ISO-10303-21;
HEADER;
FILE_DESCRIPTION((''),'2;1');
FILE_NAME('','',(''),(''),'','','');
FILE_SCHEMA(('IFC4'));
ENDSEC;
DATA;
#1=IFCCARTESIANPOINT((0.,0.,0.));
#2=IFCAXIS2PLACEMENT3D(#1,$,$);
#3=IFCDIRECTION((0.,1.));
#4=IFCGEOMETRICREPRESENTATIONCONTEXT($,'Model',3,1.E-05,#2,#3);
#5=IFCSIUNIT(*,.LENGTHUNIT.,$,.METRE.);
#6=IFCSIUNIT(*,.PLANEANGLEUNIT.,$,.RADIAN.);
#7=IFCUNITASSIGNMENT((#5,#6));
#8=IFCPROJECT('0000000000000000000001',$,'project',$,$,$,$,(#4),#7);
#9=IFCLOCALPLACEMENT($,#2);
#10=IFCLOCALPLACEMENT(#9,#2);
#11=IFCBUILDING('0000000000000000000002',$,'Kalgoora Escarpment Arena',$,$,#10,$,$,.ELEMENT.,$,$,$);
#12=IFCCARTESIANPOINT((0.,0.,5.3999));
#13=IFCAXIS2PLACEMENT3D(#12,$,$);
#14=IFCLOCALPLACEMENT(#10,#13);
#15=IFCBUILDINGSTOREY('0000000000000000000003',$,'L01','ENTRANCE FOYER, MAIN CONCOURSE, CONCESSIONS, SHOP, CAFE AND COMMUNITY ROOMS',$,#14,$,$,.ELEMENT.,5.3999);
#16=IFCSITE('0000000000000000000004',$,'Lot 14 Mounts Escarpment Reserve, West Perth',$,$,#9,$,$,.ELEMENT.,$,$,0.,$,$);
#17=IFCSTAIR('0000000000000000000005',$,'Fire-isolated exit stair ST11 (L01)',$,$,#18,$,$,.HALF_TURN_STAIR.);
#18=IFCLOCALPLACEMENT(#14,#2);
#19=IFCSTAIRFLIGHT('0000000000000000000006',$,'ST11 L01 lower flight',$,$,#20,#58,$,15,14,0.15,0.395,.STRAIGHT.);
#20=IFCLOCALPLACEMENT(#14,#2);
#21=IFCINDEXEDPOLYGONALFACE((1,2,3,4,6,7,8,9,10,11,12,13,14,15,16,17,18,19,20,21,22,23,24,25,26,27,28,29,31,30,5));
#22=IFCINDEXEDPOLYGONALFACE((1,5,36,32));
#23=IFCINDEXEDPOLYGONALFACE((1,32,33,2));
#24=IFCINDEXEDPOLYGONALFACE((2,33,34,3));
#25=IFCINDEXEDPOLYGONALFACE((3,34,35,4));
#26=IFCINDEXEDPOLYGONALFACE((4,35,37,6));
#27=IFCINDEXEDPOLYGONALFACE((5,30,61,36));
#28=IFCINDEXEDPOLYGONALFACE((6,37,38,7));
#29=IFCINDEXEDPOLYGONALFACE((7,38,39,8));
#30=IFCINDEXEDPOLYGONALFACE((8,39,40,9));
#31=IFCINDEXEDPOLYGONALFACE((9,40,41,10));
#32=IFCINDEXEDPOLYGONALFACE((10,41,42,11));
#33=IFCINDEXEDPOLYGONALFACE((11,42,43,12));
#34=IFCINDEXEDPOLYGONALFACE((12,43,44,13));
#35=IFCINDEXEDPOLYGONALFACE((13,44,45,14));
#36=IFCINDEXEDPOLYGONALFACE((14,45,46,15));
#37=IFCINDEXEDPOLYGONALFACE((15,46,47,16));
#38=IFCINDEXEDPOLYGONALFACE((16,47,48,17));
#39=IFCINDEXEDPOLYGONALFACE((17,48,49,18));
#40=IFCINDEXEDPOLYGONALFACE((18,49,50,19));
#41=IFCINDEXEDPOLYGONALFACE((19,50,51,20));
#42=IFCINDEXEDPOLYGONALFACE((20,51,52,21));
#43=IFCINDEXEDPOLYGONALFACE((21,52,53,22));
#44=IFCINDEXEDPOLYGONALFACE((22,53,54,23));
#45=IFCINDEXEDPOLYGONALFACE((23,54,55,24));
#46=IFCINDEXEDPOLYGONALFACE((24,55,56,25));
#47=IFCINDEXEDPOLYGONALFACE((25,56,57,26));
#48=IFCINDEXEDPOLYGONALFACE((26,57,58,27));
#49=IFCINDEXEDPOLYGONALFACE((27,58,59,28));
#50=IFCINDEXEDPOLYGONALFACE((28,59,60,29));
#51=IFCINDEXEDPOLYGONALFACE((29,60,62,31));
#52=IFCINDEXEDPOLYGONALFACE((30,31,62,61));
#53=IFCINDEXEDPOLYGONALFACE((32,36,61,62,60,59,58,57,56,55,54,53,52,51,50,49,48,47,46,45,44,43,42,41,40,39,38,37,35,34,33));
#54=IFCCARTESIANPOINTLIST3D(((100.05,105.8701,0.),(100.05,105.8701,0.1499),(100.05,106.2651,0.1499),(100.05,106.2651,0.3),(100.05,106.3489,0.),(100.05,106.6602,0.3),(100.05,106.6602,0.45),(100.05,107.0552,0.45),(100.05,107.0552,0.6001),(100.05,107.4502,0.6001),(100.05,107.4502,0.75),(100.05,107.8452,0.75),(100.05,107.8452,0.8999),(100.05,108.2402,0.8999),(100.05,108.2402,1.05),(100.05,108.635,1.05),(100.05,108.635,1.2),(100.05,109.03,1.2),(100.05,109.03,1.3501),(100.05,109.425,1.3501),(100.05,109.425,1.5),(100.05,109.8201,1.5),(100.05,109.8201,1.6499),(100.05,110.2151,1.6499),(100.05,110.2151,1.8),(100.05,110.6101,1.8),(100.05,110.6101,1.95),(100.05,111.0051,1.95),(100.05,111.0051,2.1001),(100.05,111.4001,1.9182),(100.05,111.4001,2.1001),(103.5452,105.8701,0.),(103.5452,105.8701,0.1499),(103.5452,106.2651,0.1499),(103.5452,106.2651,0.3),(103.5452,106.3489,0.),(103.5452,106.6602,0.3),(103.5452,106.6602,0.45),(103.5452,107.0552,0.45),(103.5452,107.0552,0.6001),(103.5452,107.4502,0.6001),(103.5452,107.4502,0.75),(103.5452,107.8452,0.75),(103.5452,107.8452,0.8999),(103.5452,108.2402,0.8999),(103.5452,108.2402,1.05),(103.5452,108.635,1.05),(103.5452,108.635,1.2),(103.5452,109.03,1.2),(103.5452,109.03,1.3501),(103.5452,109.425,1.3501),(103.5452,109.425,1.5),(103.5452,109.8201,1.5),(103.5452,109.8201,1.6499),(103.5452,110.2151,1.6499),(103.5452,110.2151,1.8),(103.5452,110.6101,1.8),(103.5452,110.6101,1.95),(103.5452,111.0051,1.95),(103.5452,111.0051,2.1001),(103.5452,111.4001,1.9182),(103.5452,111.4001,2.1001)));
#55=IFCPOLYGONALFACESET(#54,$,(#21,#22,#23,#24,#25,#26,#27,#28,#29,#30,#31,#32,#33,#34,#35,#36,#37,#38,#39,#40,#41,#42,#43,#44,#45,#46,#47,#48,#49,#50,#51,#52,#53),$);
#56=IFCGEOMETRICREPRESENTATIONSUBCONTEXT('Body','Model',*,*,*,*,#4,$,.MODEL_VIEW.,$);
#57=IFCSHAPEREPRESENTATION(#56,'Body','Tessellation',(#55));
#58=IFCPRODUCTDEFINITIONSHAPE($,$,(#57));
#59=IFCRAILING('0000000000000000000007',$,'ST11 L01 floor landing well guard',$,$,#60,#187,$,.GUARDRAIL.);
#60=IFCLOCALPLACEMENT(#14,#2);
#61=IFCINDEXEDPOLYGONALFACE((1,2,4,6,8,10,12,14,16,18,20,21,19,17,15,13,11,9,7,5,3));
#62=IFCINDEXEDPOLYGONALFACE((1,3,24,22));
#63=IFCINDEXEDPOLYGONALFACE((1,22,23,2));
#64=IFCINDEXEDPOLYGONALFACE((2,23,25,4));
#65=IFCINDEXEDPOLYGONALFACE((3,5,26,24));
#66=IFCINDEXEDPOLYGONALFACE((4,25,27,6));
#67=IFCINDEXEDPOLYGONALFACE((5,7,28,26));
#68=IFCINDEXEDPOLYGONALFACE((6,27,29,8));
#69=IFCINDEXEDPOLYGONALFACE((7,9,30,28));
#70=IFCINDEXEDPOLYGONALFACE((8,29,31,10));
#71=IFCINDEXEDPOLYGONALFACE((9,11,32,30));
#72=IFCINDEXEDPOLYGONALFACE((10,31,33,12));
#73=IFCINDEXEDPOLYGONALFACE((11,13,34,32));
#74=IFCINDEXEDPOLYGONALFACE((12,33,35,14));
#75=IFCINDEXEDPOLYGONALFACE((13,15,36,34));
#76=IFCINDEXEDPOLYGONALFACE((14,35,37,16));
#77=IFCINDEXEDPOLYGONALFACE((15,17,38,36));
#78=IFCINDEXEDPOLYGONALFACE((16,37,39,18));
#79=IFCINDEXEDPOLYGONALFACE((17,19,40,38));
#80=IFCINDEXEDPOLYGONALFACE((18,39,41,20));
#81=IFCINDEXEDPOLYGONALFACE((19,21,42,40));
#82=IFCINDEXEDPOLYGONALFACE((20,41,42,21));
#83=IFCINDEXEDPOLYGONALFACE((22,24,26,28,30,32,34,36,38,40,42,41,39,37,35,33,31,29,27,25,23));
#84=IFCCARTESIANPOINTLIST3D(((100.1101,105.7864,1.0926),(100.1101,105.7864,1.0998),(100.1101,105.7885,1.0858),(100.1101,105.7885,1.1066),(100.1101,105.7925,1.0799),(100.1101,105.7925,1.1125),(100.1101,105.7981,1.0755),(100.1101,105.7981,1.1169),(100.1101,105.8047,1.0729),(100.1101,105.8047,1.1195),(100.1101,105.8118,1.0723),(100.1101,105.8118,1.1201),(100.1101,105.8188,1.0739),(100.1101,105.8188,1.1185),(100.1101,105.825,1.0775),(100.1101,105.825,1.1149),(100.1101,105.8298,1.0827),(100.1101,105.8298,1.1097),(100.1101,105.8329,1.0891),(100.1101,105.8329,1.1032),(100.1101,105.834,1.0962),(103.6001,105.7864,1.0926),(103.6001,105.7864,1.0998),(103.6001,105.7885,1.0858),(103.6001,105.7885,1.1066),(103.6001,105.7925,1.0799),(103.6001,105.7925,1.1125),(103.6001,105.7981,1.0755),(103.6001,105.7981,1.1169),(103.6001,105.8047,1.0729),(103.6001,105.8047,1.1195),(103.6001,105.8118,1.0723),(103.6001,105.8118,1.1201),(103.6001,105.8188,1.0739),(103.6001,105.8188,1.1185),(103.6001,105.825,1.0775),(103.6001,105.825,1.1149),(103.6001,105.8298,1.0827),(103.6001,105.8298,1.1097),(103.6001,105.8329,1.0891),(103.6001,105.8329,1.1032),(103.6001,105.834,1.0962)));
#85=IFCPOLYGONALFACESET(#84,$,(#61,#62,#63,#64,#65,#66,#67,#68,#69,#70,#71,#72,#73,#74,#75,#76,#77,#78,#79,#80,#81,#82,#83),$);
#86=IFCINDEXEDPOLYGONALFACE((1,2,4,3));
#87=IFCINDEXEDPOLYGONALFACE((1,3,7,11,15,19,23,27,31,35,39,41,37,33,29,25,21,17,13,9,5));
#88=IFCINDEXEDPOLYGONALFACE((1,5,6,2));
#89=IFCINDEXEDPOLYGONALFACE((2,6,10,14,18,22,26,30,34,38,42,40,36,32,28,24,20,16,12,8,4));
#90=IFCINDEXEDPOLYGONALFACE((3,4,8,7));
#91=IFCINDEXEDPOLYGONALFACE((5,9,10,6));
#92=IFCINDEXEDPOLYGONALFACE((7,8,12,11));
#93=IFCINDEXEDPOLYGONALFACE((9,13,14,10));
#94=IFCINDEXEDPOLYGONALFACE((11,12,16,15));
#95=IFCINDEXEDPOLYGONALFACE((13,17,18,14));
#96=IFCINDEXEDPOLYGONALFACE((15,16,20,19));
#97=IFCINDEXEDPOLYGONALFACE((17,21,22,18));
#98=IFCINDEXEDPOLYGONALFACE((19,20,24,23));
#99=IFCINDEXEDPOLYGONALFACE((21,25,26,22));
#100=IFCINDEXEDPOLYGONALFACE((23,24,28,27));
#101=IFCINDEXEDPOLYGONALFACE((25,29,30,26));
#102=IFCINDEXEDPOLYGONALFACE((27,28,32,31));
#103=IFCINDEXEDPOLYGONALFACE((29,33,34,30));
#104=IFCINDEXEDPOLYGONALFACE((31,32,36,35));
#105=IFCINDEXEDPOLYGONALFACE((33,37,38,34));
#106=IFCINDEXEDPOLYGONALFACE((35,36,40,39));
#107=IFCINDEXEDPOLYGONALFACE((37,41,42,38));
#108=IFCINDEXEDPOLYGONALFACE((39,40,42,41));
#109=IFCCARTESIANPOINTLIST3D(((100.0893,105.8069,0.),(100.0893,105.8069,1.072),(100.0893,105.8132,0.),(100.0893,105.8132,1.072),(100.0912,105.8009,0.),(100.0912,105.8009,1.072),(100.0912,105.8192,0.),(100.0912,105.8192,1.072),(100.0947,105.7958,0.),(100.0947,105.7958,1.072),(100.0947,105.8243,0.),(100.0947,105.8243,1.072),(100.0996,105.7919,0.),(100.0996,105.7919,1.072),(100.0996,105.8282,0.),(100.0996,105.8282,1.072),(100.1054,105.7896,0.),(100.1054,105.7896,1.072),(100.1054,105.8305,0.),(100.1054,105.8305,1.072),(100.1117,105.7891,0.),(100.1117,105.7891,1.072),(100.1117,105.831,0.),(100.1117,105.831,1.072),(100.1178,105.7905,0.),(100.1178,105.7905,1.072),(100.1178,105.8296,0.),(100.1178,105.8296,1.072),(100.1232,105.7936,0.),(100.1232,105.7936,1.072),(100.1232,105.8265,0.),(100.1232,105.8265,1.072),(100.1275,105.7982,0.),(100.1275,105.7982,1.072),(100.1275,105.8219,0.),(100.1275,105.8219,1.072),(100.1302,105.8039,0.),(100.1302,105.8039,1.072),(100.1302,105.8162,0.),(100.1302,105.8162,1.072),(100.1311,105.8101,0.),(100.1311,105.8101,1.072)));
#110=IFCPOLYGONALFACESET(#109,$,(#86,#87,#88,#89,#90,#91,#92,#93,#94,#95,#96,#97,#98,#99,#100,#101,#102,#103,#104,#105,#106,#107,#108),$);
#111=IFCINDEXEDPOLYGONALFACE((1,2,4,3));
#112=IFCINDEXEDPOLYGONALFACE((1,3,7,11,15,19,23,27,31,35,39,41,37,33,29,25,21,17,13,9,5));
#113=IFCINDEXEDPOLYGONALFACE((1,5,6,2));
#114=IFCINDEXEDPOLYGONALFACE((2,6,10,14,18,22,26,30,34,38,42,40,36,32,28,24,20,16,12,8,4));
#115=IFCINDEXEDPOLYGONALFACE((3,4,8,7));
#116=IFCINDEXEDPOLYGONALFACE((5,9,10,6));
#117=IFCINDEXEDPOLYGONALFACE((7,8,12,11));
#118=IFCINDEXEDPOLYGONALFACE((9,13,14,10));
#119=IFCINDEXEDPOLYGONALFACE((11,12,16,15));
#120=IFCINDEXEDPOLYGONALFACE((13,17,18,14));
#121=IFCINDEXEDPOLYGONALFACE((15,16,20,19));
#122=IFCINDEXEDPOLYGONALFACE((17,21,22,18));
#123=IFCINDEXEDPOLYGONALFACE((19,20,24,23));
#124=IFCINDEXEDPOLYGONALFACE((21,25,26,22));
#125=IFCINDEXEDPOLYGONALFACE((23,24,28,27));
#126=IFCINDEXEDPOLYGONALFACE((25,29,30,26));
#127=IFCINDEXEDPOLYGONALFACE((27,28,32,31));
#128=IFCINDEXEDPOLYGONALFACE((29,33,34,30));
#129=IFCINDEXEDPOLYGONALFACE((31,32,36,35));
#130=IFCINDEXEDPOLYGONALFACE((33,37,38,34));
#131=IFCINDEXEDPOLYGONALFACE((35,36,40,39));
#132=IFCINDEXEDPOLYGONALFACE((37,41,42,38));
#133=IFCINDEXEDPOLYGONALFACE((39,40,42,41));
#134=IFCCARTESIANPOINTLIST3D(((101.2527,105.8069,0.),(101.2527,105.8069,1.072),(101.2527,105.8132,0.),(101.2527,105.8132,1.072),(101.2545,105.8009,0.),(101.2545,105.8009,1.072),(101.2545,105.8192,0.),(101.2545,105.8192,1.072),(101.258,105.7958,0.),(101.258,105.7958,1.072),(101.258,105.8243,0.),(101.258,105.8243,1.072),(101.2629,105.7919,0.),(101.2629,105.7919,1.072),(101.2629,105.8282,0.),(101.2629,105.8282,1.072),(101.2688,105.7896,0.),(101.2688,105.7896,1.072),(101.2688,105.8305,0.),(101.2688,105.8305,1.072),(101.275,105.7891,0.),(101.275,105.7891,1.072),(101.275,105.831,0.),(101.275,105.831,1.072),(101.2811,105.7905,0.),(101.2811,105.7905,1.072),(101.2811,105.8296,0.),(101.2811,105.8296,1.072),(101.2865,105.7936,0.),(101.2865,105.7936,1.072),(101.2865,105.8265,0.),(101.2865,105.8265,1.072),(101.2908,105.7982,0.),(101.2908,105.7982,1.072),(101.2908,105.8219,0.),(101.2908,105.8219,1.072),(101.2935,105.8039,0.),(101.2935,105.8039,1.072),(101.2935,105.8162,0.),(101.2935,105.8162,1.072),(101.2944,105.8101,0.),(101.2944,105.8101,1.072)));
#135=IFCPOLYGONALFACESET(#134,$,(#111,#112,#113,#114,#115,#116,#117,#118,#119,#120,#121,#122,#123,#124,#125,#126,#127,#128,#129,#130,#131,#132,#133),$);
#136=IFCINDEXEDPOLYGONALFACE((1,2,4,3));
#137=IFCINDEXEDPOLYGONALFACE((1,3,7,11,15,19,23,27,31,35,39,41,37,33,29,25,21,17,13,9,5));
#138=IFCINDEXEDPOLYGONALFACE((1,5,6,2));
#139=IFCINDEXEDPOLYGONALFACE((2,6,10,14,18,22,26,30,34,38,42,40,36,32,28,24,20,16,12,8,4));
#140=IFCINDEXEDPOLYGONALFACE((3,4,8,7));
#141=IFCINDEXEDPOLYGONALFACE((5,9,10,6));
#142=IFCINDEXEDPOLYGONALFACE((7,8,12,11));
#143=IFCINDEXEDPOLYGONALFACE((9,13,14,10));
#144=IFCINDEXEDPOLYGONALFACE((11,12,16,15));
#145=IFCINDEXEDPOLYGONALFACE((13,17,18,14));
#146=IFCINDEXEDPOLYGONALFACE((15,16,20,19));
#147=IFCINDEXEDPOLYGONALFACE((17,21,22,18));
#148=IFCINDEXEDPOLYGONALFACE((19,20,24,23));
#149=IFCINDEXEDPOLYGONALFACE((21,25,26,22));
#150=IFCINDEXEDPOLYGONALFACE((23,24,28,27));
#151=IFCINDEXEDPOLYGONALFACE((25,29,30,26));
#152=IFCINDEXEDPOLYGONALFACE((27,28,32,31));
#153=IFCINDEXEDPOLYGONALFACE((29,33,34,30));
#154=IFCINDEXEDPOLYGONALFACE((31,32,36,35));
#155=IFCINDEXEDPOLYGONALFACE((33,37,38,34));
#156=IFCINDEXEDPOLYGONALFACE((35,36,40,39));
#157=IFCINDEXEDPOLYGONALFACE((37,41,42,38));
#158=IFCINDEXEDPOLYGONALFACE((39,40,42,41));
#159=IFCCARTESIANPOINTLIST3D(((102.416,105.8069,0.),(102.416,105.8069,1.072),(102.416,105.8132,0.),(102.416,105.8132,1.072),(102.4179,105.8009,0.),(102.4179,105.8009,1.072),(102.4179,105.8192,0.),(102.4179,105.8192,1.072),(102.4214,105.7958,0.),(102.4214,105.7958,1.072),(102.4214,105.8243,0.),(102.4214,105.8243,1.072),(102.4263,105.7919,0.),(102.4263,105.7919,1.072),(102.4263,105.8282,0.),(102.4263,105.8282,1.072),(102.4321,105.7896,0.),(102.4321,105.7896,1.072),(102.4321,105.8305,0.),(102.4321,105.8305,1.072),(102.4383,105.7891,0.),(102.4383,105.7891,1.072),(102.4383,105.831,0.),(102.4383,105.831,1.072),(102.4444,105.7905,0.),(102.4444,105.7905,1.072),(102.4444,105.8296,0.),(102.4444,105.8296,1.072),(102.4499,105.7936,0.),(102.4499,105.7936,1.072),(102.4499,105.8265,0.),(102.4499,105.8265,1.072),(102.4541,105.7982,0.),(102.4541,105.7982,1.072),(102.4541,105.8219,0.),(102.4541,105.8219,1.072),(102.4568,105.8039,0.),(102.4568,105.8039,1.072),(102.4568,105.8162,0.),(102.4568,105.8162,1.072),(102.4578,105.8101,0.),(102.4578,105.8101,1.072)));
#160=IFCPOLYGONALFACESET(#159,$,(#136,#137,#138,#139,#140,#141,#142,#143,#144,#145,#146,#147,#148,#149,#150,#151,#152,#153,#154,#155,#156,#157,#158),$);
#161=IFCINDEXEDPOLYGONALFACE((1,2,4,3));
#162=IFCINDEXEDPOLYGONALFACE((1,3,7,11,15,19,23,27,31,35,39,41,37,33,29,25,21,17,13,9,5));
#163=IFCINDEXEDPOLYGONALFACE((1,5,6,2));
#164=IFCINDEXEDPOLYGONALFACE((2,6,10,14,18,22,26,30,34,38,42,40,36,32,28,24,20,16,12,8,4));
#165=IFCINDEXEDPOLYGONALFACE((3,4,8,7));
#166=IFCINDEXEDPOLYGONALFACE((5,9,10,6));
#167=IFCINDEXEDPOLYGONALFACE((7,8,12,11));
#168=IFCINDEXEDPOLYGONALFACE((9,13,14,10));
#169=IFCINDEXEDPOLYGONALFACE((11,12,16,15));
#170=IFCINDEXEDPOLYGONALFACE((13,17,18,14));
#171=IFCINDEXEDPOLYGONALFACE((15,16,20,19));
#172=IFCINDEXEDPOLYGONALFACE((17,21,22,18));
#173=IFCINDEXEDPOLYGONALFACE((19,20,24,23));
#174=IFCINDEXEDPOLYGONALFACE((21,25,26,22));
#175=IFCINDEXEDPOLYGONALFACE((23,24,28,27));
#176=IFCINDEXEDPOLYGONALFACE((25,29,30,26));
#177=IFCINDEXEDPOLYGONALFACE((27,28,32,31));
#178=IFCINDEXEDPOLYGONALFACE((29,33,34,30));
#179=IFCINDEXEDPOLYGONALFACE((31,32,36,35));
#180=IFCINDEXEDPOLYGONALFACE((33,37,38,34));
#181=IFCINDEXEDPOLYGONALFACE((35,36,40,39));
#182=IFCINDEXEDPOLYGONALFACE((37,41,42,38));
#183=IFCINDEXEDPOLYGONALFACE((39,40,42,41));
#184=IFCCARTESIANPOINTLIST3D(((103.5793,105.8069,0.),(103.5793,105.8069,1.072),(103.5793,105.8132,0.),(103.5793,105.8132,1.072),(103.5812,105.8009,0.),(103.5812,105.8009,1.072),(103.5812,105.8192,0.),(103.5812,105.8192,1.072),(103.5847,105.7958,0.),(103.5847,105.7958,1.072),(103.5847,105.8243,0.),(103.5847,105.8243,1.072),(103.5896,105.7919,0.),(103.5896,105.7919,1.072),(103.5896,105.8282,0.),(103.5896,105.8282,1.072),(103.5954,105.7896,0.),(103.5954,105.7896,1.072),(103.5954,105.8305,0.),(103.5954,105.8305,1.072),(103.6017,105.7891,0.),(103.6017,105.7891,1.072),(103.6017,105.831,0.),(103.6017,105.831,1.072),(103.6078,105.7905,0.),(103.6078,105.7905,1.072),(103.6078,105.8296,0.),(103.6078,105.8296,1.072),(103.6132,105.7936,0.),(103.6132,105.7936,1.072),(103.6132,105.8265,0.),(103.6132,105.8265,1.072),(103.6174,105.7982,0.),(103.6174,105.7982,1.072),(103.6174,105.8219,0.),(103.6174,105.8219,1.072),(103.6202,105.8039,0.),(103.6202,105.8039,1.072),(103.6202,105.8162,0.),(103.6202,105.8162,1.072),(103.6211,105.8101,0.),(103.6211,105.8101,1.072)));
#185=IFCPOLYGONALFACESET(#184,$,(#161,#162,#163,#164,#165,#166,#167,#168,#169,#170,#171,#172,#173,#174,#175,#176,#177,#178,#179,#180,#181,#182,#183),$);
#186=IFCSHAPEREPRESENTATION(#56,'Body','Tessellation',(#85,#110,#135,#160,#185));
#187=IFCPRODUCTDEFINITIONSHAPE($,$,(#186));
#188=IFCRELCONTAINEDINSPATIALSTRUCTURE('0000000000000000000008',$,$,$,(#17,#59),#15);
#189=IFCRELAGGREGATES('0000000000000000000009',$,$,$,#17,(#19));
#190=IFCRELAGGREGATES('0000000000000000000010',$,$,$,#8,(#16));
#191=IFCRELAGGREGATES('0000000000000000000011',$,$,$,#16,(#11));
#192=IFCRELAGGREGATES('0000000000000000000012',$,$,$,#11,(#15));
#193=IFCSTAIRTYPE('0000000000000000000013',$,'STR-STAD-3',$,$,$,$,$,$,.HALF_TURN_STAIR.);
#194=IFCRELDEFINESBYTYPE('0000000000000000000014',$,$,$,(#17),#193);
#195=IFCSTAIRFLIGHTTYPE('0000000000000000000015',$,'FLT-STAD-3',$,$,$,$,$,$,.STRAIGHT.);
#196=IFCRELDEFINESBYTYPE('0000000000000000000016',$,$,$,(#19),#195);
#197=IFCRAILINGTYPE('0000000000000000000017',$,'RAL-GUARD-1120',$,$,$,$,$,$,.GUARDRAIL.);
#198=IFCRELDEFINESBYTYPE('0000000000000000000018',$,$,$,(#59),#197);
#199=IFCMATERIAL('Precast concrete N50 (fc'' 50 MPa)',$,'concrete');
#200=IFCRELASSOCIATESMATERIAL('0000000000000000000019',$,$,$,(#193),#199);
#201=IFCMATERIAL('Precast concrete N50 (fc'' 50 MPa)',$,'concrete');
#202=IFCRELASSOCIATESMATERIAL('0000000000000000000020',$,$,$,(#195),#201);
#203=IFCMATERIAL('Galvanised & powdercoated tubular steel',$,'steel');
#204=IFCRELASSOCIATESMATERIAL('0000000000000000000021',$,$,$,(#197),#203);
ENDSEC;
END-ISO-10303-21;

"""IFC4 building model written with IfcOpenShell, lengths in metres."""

from ifc_helpers import new_model, si_unit, direction, frame, origin, origin_2d, place, context, subcontext, project, spatial, polyline, circle, outline, extrude, material, type_object, element, aggregate, save


model = new_model("IFC4")

# Units and contexts
model_context = context("Model", 3, precision=1e-05, world=origin(), true_north=direction((0.0, 1.0)))
body_context = subcontext(model_context, "Body", "Model", "MODEL_VIEW")
ifc_project = project(units=[si_unit("LENGTHUNIT", "METRE"), si_unit("PLANEANGLEUNIT", "RADIAN")], contexts=[model_context])

# Site, building, storey
site_placement = place(None, origin())
site = spatial("IfcSite", under=ifc_project, at=site_placement, Name="Lot 14 Mounts Escarpment Reserve, West Perth", CompositionType="ELEMENT", RefElevation=0.0)
building_placement = place(site_placement, origin())
building = spatial("IfcBuilding", under=site, at=building_placement, Name="Kalgoora Escarpment Arena", CompositionType="ELEMENT")
storey_placement = place(building_placement, frame((0.0, 0.0, 5.3999)))
storey = spatial("IfcBuildingStorey", under=building, at=storey_placement, Name="L01", Description="ENTRANCE FOYER, MAIN CONCOURSE, CONCESSIONS, SHOP, CAFE AND COMMUNITY ROOMS", CompositionType="ELEMENT", Elevation=5.3999)

# Stair, stair flight
ifc_material_1 = material(Name="Precast concrete N50 (fc' 50 MPa)", Category="concrete")
stair_type = type_object("IfcStairType", Name="STR-STAD-3", PredefinedType="HALF_TURN_STAIR", material=ifc_material_1)
stair_placement = place(storey_placement, origin())
stair = element("IfcStair", 1, at=stair_placement, inside=storey, type_object=stair_type, Name="Fire-isolated exit stair ST11 (L01)", PredefinedType="HALF_TURN_STAIR")
ifc_material_2 = material(Name="Precast concrete N50 (fc' 50 MPa)", Category="concrete")
stair_flight_type = type_object("IfcStairFlightType", Name="FLT-STAD-3", PredefinedType="STRAIGHT", material=ifc_material_2)
stair_flight_placement = place(storey_placement, frame((101.7976, 105.8701, 0.0), z_axis=(0.0, 0.0, 1.0), x_axis=(0.0, 1.0, 0.0)))
stair_flight = element("IfcStairFlight", 2, at=stair_flight_placement, type_object=stair_flight_type, Name="ST11 L01 lower flight", NumberOfRisers=15, NumberOfTreads=14, PredefinedType="STRAIGHT", RiserHeight=0.15, TreadLength=0.395, context=body_context, shape_type="SweptSolid", body=[
    extrude(outline(polyline([(0.0, 0.0), (0.0, 0.1499), (0.395, 0.1499), (0.395, 0.3), (0.79, 0.3), (0.79, 0.45), (1.1851, 0.45), (1.1851, 0.6001), (1.5801, 0.6001), (1.5801, 0.75), (1.9751, 0.75), (1.9751, 0.8999), (2.3701, 0.8999), (2.3701, 1.05), (2.7649, 1.05), (2.7649, 1.2), (3.1599, 1.2), (3.1599, 1.3501), (3.5549, 1.3501), (3.5549, 1.5), (3.95, 1.5), (3.95, 1.6499), (4.345, 1.6499), (4.345, 1.8), (4.74, 1.8), (4.74, 1.95), (5.135, 1.95), (5.135, 2.1001), (5.53, 2.1001), (5.53, 2.25), (5.53, 1.9182), (0.4788, 0.0), (0.0, 0.0)])), frame((0.0, 1.7476, 0.0), z_axis=(0.0, -1.0, 0.0), x_axis=(1.0, 0.0, 0.0)), (0.0, 0.0, 1.0), 3.4951),
])
aggregate(stair, [stair_flight])

# Railing
ifc_material_3 = material(Name="Galvanised & powdercoated tubular steel", Category="steel")
railing_type_1 = type_object("IfcRailingType", Name="RAL-GUARD-1120", PredefinedType="GUARDRAIL", material=ifc_material_3)
for number, where, name in (
    (3, (100.1101, 105.8101, 0.0), "ST11 L01 floor landing well guard"),
):
    element("IfcRailing", number, at=place(storey_placement, frame(where)), inside=storey, type_object=railing_type_1, Name=name, PredefinedType="GUARDRAIL", context=body_context, shape_type="SweptSolid", body=[
        extrude(circle(Radius=0.0239, at=origin_2d()), frame((0.0, 0.0, 1.0962), z_axis=(1.0, 0.0, 0.0), x_axis=(0.0, 1.0, 0.0)), (0.0, 0.0, 1.0), 3.49),
        extrude(circle(Radius=0.021, at=origin_2d()), origin(), (0.0, 0.0, 1.0), 1.072),
        extrude(circle(Radius=0.021, at=origin_2d()), frame((1.1633, 0.0, 0.0)), (0.0, 0.0, 1.0), 1.072),
        extrude(circle(Radius=0.021, at=origin_2d()), frame((2.3267, 0.0, 0.0)), (0.0, 0.0, 1.0), 1.072),
        extrude(circle(Radius=0.021, at=origin_2d()), frame((3.49, 0.0, 0.0)), (0.0, 0.0, 1.0), 1.072),
    ])

save(model, "model.ifc")
